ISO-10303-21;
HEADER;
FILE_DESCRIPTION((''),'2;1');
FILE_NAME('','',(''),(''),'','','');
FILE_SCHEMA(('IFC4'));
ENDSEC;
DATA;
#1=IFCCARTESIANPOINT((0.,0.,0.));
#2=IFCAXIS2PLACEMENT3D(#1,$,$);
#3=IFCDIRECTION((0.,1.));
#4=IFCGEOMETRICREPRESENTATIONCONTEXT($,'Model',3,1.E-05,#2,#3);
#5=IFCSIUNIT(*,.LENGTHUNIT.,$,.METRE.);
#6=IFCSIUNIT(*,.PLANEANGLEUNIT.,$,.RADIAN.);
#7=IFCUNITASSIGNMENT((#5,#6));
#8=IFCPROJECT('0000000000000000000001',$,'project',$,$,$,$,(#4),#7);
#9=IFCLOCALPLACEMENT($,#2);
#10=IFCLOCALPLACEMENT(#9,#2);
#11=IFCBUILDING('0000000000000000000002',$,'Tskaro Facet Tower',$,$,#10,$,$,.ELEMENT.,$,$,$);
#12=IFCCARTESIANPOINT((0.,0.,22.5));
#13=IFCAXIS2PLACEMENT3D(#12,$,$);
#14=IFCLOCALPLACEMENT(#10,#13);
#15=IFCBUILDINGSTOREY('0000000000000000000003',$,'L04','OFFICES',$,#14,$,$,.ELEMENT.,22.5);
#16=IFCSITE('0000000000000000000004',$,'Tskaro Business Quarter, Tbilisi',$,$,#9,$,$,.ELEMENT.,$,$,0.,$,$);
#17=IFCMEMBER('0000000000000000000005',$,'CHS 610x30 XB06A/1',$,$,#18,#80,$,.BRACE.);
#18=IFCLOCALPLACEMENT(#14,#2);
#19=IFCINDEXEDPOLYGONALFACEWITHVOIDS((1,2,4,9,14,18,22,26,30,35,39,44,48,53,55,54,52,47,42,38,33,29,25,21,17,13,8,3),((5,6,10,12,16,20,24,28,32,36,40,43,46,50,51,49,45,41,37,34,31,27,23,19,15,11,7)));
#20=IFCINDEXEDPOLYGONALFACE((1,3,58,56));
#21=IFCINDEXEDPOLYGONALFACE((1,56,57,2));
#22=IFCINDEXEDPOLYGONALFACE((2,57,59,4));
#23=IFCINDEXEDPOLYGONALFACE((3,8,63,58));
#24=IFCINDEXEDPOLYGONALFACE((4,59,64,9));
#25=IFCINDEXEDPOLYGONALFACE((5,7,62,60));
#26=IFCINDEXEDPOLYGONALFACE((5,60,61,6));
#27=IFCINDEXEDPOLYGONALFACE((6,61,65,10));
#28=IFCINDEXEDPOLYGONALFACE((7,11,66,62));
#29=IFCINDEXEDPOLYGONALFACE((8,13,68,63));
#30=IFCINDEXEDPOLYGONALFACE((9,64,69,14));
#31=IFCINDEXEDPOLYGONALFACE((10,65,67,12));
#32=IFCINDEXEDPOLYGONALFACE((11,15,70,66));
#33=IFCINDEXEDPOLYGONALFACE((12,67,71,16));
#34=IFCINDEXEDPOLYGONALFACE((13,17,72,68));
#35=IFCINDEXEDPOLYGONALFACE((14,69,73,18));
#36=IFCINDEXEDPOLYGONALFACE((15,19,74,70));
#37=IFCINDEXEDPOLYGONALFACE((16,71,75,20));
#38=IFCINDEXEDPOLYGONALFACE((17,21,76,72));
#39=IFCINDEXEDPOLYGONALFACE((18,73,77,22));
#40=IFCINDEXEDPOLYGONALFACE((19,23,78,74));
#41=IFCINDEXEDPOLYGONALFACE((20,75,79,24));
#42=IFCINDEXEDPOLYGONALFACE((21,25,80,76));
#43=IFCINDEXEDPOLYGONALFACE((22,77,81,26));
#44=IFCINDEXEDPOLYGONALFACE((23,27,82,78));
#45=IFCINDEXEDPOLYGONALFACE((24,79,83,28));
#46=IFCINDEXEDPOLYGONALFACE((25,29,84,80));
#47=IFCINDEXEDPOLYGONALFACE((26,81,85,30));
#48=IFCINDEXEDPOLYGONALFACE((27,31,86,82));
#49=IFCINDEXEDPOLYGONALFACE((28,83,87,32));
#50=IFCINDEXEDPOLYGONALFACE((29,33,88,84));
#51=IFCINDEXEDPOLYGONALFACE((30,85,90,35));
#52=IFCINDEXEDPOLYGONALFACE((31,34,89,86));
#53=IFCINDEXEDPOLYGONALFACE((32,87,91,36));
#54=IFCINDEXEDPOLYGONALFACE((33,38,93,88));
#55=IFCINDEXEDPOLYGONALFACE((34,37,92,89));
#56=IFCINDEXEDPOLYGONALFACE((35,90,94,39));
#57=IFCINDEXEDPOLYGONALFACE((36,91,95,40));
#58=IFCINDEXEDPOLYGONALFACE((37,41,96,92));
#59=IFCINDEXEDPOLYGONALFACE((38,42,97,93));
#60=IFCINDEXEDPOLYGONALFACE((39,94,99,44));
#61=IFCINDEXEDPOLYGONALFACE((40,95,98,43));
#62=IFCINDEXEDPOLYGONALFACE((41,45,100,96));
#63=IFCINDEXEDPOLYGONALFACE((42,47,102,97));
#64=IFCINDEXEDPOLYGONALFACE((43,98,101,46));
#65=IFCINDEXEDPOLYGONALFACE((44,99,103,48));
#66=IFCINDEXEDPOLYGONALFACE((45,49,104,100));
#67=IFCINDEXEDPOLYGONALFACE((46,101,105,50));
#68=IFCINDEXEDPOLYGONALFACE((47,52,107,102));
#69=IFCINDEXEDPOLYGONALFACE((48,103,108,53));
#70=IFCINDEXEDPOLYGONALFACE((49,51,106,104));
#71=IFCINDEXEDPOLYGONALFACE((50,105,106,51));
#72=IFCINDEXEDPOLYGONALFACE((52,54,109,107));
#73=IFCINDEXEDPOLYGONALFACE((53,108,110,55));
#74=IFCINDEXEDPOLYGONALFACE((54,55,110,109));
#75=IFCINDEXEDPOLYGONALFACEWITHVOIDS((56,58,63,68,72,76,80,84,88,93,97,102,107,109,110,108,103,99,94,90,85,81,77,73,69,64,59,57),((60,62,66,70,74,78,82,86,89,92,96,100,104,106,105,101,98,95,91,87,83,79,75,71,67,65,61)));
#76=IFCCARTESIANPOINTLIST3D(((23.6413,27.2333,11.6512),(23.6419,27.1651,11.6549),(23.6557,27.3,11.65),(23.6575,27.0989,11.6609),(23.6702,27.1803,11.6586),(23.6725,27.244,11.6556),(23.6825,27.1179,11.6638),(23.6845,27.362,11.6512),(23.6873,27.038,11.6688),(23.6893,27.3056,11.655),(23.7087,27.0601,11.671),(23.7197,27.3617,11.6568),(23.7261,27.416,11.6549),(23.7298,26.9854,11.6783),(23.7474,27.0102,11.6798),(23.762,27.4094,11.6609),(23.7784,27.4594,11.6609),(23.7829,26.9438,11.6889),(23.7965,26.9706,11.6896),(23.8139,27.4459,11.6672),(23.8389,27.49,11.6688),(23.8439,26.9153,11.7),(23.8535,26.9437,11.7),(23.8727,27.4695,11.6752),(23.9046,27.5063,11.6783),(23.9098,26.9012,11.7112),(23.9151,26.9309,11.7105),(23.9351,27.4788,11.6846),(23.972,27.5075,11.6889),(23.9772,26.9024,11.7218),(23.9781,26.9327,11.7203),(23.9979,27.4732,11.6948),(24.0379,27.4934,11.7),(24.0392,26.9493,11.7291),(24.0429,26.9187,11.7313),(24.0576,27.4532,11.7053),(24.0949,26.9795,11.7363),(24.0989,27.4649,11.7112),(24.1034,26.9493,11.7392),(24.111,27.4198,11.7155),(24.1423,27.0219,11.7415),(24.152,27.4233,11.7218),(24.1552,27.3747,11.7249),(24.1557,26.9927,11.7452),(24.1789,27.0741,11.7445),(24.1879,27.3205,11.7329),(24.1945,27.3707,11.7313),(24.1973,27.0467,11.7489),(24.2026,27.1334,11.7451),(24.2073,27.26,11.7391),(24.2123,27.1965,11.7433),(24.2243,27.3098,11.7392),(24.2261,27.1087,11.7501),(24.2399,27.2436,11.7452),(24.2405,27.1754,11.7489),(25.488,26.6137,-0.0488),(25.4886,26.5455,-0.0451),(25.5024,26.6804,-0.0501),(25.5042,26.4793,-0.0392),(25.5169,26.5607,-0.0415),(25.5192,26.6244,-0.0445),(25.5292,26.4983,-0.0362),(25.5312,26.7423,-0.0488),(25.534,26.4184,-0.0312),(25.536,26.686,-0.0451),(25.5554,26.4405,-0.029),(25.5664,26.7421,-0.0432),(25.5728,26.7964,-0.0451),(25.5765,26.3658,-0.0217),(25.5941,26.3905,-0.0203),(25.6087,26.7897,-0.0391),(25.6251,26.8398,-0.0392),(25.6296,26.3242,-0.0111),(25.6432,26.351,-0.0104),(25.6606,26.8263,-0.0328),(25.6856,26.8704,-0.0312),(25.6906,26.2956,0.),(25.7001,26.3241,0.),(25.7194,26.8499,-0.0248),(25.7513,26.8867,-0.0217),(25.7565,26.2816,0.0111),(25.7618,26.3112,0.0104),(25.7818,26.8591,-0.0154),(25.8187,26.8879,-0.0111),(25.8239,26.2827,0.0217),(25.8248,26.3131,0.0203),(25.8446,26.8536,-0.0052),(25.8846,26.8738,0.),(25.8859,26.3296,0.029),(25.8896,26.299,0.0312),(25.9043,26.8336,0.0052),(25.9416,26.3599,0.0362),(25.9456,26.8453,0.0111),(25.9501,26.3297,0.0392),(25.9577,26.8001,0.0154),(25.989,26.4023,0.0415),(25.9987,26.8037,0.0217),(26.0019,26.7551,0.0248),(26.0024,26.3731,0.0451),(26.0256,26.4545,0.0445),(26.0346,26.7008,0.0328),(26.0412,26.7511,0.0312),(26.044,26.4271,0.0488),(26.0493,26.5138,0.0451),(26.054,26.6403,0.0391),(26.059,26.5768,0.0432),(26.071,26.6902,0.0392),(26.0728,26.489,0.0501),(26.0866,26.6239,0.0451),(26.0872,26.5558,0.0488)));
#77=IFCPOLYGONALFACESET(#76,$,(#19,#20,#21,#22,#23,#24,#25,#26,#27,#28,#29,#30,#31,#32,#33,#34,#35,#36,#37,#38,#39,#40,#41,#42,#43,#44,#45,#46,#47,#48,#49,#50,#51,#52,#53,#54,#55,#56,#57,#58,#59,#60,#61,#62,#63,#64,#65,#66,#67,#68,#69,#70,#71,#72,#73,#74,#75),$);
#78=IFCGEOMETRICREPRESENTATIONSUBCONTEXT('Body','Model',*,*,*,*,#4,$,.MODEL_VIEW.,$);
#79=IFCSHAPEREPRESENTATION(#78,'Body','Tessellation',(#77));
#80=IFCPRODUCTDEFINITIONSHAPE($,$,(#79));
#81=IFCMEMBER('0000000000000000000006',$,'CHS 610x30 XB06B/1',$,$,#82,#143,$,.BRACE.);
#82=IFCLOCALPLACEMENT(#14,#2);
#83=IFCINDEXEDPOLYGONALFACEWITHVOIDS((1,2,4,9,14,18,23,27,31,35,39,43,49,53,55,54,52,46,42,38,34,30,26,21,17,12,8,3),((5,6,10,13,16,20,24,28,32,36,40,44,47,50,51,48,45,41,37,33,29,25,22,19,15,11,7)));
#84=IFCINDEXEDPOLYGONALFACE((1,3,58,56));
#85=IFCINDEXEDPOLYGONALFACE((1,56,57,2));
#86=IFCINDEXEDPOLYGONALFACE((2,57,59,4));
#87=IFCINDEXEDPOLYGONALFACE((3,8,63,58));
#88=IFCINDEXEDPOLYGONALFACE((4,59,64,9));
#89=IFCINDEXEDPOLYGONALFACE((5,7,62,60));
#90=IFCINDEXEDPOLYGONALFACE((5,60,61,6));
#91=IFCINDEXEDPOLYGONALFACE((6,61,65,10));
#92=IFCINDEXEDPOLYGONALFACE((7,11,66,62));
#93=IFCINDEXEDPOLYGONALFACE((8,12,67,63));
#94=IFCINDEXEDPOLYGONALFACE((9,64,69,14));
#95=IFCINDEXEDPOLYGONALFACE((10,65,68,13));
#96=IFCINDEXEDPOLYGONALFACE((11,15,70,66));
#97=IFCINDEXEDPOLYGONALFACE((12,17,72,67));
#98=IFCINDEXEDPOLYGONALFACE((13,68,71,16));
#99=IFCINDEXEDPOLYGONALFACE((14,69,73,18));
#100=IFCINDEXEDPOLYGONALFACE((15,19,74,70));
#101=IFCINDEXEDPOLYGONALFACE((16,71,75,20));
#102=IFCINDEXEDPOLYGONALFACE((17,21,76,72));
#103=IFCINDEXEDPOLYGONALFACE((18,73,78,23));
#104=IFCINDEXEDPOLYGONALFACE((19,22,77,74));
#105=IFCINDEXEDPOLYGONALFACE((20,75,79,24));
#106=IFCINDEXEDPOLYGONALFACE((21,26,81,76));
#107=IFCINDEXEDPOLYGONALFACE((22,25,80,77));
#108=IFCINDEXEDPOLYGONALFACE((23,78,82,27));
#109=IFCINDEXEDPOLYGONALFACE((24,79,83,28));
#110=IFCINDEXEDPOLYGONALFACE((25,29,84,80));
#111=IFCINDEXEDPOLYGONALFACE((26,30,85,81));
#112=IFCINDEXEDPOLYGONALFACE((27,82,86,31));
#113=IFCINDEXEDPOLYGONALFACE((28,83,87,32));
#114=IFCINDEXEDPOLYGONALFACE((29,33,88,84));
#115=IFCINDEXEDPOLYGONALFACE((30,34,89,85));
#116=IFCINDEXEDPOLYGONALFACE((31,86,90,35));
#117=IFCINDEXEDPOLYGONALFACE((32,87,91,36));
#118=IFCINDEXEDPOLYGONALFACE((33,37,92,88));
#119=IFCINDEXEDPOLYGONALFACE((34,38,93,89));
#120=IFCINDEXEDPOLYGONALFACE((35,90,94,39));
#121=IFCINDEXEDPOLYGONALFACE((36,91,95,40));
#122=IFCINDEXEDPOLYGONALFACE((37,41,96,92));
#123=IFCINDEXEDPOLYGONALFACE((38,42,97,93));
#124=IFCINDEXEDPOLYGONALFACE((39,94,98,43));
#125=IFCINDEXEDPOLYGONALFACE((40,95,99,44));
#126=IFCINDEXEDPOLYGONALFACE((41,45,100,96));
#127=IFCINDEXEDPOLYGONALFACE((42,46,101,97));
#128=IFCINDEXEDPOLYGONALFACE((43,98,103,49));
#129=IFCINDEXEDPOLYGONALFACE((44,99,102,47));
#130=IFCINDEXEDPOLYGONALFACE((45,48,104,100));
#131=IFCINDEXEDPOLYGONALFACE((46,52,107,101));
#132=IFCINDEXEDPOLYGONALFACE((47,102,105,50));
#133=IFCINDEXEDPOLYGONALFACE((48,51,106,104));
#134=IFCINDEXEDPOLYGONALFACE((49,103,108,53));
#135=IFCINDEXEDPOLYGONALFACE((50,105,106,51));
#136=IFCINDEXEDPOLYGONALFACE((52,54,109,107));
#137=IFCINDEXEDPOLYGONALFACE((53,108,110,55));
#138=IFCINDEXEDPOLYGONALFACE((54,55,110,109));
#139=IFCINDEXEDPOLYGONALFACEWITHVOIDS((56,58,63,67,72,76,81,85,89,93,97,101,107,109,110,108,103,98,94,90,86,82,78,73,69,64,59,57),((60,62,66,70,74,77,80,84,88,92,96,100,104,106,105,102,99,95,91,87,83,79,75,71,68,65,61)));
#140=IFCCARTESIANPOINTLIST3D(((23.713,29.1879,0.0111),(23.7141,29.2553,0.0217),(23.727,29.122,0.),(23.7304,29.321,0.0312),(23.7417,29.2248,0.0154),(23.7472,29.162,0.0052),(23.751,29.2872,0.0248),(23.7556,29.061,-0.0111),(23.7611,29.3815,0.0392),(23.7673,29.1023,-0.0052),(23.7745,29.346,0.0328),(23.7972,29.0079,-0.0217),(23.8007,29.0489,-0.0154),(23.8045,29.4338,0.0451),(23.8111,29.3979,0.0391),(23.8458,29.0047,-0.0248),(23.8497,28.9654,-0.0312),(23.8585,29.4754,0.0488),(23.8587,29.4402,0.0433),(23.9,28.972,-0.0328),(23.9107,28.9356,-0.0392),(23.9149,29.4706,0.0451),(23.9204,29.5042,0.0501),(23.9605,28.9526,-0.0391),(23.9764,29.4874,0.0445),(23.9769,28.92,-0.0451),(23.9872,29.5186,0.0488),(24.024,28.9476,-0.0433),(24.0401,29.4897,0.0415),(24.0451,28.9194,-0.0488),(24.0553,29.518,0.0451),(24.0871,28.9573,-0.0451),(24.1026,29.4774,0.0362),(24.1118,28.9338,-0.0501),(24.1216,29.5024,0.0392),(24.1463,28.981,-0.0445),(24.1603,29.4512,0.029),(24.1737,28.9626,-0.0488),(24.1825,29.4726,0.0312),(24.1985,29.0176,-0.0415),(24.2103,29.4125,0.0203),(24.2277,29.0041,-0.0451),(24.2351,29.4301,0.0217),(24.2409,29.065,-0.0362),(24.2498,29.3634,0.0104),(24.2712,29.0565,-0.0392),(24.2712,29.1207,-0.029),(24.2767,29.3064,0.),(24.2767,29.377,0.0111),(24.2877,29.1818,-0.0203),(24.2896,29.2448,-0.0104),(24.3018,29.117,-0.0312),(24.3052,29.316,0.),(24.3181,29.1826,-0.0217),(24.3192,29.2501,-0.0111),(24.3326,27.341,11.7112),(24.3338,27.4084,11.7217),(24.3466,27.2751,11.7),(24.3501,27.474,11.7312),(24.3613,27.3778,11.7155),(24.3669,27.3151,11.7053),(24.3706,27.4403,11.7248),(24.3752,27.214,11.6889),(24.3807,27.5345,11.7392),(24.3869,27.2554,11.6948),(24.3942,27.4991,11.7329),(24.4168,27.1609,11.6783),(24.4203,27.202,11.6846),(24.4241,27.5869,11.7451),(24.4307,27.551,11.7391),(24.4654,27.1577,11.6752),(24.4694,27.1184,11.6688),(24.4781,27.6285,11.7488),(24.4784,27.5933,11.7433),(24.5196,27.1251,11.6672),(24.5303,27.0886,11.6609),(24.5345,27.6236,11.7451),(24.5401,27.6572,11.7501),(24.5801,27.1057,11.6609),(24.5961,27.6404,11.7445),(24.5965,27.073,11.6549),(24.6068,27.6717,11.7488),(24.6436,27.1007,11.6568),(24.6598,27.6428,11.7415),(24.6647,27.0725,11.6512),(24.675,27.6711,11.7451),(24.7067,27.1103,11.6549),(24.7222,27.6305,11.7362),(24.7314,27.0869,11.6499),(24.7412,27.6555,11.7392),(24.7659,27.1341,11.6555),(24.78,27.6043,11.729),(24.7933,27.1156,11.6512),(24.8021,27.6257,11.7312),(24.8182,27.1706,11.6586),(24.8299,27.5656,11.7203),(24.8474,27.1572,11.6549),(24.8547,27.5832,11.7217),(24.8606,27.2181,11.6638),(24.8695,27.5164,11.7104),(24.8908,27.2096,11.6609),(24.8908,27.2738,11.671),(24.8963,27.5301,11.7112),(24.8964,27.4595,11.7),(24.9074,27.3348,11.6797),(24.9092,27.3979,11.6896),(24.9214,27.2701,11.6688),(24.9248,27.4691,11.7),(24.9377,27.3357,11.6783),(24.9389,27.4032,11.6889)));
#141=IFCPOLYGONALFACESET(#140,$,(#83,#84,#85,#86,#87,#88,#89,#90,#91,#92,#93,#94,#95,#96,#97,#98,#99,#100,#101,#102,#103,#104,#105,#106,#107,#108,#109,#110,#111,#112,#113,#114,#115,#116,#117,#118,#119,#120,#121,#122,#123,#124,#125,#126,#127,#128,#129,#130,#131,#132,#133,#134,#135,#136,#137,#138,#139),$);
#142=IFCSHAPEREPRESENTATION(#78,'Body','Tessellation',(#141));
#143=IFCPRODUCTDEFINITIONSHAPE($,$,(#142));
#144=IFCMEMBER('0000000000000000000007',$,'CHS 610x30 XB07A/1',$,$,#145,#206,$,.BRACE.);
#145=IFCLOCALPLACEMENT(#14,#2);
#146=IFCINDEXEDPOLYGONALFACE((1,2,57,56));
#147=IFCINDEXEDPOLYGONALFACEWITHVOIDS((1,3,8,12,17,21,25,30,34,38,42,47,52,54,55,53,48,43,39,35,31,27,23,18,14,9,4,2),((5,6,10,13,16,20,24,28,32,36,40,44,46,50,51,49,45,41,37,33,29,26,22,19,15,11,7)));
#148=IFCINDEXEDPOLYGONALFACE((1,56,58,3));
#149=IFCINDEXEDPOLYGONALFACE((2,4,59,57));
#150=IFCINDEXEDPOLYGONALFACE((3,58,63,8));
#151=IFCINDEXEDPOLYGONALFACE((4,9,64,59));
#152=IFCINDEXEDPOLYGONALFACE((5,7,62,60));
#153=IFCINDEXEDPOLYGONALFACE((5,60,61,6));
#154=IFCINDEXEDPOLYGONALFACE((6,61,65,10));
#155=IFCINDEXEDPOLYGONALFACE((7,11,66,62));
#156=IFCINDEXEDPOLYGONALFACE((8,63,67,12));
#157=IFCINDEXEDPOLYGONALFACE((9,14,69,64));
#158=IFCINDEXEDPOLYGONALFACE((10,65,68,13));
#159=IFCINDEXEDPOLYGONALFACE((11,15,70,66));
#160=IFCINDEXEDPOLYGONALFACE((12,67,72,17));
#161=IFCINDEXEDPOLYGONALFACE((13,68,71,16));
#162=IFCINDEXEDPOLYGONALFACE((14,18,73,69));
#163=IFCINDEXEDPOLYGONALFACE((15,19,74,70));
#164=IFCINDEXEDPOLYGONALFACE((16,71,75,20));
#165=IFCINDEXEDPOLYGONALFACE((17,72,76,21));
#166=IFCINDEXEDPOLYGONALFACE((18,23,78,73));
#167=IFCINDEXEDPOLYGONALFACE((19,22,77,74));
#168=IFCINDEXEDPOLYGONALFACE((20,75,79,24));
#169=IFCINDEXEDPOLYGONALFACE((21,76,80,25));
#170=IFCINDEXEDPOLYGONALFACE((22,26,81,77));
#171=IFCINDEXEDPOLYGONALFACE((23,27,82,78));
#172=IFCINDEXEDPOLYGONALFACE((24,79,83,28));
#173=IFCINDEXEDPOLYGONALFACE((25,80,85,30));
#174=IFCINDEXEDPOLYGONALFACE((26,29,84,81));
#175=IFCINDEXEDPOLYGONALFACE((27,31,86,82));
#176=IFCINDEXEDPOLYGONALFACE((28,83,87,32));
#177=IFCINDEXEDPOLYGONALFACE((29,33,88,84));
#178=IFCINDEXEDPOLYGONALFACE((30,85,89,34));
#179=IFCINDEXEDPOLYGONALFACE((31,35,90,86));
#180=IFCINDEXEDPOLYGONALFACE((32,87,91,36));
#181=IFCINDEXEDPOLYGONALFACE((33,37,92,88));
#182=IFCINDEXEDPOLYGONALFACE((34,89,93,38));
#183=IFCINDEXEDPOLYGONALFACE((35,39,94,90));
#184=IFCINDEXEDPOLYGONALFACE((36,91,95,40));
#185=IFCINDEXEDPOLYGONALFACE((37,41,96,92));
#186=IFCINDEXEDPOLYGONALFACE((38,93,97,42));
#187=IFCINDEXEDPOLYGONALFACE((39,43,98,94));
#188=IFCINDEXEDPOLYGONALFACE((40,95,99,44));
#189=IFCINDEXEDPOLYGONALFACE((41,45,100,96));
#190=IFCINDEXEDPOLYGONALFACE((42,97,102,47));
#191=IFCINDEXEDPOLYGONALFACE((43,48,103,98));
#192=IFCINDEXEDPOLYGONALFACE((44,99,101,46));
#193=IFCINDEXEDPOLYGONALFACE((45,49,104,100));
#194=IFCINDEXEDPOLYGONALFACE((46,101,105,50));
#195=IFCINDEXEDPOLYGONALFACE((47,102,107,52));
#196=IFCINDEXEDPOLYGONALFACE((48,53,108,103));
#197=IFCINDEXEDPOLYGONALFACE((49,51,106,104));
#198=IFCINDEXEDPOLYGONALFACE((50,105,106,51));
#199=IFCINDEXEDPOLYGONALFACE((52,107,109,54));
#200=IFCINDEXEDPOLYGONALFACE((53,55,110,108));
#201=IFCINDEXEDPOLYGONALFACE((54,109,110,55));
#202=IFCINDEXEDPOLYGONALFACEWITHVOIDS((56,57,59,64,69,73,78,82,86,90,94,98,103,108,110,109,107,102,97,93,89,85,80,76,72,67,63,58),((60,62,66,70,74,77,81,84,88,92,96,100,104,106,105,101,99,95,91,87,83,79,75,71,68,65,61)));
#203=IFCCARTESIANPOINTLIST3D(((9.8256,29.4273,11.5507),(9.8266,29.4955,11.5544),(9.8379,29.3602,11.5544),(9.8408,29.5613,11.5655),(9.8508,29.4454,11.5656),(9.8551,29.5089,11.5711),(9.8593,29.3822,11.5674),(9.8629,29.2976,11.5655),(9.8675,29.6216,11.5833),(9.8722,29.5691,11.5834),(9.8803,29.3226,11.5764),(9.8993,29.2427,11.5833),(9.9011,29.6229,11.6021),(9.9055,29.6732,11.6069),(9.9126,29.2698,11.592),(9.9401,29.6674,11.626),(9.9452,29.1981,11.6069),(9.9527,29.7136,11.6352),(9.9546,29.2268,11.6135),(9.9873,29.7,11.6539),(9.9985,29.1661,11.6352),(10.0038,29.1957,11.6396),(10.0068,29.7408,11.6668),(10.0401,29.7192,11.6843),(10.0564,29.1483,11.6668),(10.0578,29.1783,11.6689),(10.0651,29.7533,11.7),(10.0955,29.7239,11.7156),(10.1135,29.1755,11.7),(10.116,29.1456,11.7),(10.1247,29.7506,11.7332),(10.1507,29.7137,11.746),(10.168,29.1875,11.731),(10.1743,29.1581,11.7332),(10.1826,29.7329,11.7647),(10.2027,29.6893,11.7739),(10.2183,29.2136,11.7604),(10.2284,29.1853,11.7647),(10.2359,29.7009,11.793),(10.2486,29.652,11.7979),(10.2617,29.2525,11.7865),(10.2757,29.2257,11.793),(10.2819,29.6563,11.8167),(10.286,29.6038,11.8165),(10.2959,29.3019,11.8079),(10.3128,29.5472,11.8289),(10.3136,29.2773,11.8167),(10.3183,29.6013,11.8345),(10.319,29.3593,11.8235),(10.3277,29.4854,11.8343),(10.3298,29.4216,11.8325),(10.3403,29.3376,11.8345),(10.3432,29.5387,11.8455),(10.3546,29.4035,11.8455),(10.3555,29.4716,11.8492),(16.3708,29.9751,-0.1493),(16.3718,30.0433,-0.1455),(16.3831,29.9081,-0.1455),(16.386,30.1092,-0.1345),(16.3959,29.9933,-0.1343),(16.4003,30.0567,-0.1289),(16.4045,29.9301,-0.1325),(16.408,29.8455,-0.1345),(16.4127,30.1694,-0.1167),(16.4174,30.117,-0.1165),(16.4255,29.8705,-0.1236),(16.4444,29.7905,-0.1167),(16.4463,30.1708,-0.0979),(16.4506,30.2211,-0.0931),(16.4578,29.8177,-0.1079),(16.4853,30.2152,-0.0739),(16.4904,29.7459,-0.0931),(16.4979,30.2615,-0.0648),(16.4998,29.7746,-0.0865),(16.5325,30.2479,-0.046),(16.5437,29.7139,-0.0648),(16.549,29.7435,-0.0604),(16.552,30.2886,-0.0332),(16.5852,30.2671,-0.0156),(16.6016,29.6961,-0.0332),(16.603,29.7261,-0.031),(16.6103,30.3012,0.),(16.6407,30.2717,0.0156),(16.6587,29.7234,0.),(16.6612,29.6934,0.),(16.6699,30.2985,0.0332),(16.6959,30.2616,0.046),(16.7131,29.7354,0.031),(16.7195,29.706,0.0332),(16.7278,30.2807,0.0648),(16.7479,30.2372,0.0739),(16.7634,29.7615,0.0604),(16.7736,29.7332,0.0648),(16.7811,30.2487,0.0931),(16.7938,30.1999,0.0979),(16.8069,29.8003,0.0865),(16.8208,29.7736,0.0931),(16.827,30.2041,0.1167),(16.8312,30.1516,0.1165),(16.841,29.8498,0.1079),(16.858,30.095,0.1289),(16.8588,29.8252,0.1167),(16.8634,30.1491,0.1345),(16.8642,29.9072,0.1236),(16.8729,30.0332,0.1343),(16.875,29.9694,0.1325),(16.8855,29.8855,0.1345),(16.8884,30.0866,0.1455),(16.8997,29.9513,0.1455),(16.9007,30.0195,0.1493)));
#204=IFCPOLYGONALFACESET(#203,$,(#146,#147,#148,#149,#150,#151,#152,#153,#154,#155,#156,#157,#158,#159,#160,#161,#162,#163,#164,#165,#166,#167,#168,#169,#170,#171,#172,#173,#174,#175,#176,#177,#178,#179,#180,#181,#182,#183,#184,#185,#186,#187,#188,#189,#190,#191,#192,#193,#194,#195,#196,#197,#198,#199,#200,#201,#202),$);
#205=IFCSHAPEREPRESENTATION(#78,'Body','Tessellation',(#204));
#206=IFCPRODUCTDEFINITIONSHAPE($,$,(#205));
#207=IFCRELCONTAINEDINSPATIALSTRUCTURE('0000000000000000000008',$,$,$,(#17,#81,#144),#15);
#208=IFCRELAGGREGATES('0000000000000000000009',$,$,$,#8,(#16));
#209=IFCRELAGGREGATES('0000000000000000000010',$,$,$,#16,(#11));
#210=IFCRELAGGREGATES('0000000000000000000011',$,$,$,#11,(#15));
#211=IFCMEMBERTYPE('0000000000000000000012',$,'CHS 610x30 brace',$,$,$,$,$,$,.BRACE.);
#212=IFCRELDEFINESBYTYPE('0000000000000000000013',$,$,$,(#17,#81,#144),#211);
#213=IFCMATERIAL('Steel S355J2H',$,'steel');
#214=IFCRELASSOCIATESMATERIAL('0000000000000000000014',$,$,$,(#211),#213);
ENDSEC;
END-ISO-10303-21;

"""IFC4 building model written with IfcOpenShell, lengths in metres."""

from ifc_helpers import new_model, si_unit, direction, frame, origin, origin_2d, place, context, subcontext, project, spatial, hollow_circle, extrude, material, material_profile, profile_set, type_object, element, save


model = new_model("IFC4")

# Units and contexts
model_context = context("Model", 3, precision=1e-05, world=origin(), true_north=direction((0.0, 1.0)))
body_context = subcontext(model_context, "Body", "Model", "MODEL_VIEW")
ifc_project = project(units=[si_unit("LENGTHUNIT", "METRE"), si_unit("PLANEANGLEUNIT", "RADIAN")], contexts=[model_context])

# Site, building, storey
site_placement = place(None, origin())
site = spatial("IfcSite", under=ifc_project, at=site_placement, Name="Tskaro Business Quarter, Tbilisi", CompositionType="ELEMENT", RefElevation=0.0)
building_placement = place(site_placement, origin())
building = spatial("IfcBuilding", under=site, at=building_placement, Name="Tskaro Facet Tower", CompositionType="ELEMENT")
storey_placement = place(building_placement, frame((0.0, 0.0, 22.5)))
storey = spatial("IfcBuildingStorey", under=building, at=storey_placement, Name="L04", Description="OFFICES", CompositionType="ELEMENT", Elevation=22.5)

# Shared definitions
ifc_material_1 = material(Name="Steel S355J2H", Category="steel")

# Members
ifc_material_profile_1 = material_profile(ifc_material_1, hollow_circle(Radius=0.3049, WallThickness=0.03, at=origin_2d()), Name="CHS 610x30")
ifc_profile_set_1 = profile_set([ifc_material_profile_1], Name="Steel S355J2H")
member_type_1 = type_object("IfcMemberType", Name="CHS 610x30 brace", PredefinedType="BRACE", material=ifc_profile_set_1)
for number, where, z_axis, x_axis, name in (
    (1, (25.7876, 26.5847, 0.0), (-0.155694, 0.052241, 0.986423), (-0.318107, -0.948055, 0.0), "CHS 610x30 XB06A/1"),
    (2, (24.0161, 29.219, 0.0), (0.052241, -0.155714, 0.98642), (0.948067, 0.318069, 0.0), "CHS 610x30 XB06B/1"),
):
    element("IfcMember", number, at=place(storey_placement, frame(where, z_axis=z_axis, x_axis=x_axis)), inside=storey, type_object=member_type_1, Name=name, PredefinedType="BRACE", context=body_context, shape_type="SweptSolid", body=[
        extrude(hollow_circle(Radius=0.3049, WallThickness=0.03, at=origin_2d()), origin(), (0.0, 0.0, 1.0), 11.8611),
    ])
member_1_placement = place(storey_placement, frame((16.6357, 29.9973, 0.0), z_axis=(-0.48781, -0.040831, 0.871995), x_axis=(0.083412, -0.996515, 0.0)))
element("IfcMember", 3, at=member_1_placement, inside=storey, type_object=member_type_1, Name="CHS 610x30 XB07A/1", PredefinedType="BRACE", context=body_context, shape_type="SweptSolid", body=[
    extrude(hollow_circle(Radius=0.3049, WallThickness=0.03, at=origin_2d()), origin(), (0.0, 0.0, 1.0), 13.4175),
])

save(model, "model.ifc")
